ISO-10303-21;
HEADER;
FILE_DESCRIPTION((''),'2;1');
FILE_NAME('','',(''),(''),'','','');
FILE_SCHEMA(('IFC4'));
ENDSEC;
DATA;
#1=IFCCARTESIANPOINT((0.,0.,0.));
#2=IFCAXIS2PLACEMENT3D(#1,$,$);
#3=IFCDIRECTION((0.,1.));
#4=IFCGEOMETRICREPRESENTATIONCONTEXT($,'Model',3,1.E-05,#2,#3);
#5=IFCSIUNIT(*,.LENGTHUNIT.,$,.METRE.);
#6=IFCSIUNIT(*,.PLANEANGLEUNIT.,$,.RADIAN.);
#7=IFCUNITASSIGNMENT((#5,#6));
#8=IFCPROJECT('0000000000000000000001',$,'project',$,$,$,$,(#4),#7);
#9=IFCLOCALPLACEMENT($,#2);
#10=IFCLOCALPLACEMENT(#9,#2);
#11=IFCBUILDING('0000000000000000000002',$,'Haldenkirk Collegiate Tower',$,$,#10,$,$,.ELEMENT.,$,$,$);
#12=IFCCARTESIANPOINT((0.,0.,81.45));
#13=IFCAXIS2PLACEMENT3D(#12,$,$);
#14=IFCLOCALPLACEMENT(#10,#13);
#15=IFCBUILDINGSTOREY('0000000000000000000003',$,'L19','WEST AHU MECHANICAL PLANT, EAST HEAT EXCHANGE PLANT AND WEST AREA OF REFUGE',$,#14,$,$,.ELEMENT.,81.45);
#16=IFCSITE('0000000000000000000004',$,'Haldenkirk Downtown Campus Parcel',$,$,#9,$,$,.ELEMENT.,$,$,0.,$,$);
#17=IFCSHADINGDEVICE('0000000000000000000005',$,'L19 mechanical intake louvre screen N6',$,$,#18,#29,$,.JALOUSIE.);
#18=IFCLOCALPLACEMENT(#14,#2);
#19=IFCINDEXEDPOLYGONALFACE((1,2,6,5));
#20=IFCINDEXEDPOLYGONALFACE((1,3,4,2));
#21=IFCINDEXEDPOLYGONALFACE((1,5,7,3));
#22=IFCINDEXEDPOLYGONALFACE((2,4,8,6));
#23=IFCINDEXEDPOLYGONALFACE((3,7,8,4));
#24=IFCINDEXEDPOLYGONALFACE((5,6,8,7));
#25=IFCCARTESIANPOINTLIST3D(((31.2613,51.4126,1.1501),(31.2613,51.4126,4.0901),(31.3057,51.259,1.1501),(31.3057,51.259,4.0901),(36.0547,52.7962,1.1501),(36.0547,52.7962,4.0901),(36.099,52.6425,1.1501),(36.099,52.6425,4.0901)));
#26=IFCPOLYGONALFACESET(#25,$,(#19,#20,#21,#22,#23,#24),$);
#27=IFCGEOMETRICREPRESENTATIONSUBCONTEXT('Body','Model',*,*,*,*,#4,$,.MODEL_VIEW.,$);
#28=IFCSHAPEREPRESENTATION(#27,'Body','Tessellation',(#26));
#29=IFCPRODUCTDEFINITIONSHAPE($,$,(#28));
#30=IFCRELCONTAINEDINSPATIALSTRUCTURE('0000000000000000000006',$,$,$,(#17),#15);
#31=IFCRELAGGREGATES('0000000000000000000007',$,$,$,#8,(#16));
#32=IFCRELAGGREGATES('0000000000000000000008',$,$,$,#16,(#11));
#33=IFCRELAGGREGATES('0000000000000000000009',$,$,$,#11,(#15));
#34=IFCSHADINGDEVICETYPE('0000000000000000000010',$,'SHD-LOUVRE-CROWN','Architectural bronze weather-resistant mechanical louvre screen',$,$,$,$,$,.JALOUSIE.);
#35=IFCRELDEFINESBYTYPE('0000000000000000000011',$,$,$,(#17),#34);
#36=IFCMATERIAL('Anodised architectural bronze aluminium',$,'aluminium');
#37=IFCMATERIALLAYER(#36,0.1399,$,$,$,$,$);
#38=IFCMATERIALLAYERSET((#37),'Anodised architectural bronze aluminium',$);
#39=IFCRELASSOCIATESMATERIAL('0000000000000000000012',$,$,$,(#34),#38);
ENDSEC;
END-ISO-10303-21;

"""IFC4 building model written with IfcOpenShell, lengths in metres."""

from ifc_helpers import new_model, si_unit, direction, frame, origin, origin_2d, place, context, subcontext, project, spatial, rectangle, extrude, source, transform, mapped, material, layer, layer_set, type_object, element, save


model = new_model("IFC4")

# Units and contexts
model_context = context("Model", 3, precision=1e-05, world=origin(), true_north=direction((0.0, 1.0)))
body_context = subcontext(model_context, "Body", "Model", "MODEL_VIEW")
ifc_project = project(units=[si_unit("LENGTHUNIT", "METRE"), si_unit("PLANEANGLEUNIT", "RADIAN")], contexts=[model_context])

# Site, building, storey
site_placement = place(None, origin())
site = spatial("IfcSite", under=ifc_project, at=site_placement, Name="Haldenkirk Downtown Campus Parcel", CompositionType="ELEMENT", RefElevation=0.0)
building_placement = place(site_placement, origin())
building = spatial("IfcBuilding", under=site, at=building_placement, Name="Haldenkirk Collegiate Tower", CompositionType="ELEMENT")
storey_placement = place(building_placement, frame((0.0, 0.0, 81.45)))
storey = spatial("IfcBuildingStorey", under=building, at=storey_placement, Name="L19", Description="WEST AHU MECHANICAL PLANT, EAST HEAT EXCHANGE PLANT AND WEST AREA OF REFUGE", CompositionType="ELEMENT", Elevation=81.45)

# Shading device
ifc_material_1 = material(Name="Anodised architectural bronze aluminium", Category="aluminium")
ifc_layer_1 = layer(ifc_material_1, 0.1399)
ifc_layer_set_1 = layer_set([ifc_layer_1], Name="Anodised architectural bronze aluminium")
shading_device_type = type_object("IfcShadingDeviceType", Name="SHD-LOUVRE-CROWN", Description="Architectural bronze weather-resistant mechanical louvre screen", PredefinedType="JALOUSIE", material=ifc_layer_set_1)
shared_shape_1 = source(origin(), body_context, "Body", "SweptSolid", [
    extrude(rectangle(XDim=4.989, YDim=0.1599, at=origin_2d()), origin(), (0.0, 0.0, 1.0), 2.9399),
])
for number, where, z_axis, x_axis, name in (
    (1, (33.6802, 52.0276, 1.1501), (0.0, 0.0, 1.0), (0.960779, 0.277315, 0.0), "L19 mechanical intake louvre screen N6"),
):
    element("IfcShadingDevice", number, at=place(storey_placement, frame(where, z_axis=z_axis, x_axis=x_axis)), inside=storey, type_object=shading_device_type, Name=name, PredefinedType="JALOUSIE", context=body_context, shape_type="MappedRepresentation", body=[
        mapped(shared_shape_1, transform((0.0, 0.0, 0.0), x_axis=(1.0, 0.0, 0.0), y_axis=(0.0, 1.0, 0.0), z_axis=(0.0, 0.0, 1.0), scale=1.0)),
    ])

save(model, "model.ifc")
